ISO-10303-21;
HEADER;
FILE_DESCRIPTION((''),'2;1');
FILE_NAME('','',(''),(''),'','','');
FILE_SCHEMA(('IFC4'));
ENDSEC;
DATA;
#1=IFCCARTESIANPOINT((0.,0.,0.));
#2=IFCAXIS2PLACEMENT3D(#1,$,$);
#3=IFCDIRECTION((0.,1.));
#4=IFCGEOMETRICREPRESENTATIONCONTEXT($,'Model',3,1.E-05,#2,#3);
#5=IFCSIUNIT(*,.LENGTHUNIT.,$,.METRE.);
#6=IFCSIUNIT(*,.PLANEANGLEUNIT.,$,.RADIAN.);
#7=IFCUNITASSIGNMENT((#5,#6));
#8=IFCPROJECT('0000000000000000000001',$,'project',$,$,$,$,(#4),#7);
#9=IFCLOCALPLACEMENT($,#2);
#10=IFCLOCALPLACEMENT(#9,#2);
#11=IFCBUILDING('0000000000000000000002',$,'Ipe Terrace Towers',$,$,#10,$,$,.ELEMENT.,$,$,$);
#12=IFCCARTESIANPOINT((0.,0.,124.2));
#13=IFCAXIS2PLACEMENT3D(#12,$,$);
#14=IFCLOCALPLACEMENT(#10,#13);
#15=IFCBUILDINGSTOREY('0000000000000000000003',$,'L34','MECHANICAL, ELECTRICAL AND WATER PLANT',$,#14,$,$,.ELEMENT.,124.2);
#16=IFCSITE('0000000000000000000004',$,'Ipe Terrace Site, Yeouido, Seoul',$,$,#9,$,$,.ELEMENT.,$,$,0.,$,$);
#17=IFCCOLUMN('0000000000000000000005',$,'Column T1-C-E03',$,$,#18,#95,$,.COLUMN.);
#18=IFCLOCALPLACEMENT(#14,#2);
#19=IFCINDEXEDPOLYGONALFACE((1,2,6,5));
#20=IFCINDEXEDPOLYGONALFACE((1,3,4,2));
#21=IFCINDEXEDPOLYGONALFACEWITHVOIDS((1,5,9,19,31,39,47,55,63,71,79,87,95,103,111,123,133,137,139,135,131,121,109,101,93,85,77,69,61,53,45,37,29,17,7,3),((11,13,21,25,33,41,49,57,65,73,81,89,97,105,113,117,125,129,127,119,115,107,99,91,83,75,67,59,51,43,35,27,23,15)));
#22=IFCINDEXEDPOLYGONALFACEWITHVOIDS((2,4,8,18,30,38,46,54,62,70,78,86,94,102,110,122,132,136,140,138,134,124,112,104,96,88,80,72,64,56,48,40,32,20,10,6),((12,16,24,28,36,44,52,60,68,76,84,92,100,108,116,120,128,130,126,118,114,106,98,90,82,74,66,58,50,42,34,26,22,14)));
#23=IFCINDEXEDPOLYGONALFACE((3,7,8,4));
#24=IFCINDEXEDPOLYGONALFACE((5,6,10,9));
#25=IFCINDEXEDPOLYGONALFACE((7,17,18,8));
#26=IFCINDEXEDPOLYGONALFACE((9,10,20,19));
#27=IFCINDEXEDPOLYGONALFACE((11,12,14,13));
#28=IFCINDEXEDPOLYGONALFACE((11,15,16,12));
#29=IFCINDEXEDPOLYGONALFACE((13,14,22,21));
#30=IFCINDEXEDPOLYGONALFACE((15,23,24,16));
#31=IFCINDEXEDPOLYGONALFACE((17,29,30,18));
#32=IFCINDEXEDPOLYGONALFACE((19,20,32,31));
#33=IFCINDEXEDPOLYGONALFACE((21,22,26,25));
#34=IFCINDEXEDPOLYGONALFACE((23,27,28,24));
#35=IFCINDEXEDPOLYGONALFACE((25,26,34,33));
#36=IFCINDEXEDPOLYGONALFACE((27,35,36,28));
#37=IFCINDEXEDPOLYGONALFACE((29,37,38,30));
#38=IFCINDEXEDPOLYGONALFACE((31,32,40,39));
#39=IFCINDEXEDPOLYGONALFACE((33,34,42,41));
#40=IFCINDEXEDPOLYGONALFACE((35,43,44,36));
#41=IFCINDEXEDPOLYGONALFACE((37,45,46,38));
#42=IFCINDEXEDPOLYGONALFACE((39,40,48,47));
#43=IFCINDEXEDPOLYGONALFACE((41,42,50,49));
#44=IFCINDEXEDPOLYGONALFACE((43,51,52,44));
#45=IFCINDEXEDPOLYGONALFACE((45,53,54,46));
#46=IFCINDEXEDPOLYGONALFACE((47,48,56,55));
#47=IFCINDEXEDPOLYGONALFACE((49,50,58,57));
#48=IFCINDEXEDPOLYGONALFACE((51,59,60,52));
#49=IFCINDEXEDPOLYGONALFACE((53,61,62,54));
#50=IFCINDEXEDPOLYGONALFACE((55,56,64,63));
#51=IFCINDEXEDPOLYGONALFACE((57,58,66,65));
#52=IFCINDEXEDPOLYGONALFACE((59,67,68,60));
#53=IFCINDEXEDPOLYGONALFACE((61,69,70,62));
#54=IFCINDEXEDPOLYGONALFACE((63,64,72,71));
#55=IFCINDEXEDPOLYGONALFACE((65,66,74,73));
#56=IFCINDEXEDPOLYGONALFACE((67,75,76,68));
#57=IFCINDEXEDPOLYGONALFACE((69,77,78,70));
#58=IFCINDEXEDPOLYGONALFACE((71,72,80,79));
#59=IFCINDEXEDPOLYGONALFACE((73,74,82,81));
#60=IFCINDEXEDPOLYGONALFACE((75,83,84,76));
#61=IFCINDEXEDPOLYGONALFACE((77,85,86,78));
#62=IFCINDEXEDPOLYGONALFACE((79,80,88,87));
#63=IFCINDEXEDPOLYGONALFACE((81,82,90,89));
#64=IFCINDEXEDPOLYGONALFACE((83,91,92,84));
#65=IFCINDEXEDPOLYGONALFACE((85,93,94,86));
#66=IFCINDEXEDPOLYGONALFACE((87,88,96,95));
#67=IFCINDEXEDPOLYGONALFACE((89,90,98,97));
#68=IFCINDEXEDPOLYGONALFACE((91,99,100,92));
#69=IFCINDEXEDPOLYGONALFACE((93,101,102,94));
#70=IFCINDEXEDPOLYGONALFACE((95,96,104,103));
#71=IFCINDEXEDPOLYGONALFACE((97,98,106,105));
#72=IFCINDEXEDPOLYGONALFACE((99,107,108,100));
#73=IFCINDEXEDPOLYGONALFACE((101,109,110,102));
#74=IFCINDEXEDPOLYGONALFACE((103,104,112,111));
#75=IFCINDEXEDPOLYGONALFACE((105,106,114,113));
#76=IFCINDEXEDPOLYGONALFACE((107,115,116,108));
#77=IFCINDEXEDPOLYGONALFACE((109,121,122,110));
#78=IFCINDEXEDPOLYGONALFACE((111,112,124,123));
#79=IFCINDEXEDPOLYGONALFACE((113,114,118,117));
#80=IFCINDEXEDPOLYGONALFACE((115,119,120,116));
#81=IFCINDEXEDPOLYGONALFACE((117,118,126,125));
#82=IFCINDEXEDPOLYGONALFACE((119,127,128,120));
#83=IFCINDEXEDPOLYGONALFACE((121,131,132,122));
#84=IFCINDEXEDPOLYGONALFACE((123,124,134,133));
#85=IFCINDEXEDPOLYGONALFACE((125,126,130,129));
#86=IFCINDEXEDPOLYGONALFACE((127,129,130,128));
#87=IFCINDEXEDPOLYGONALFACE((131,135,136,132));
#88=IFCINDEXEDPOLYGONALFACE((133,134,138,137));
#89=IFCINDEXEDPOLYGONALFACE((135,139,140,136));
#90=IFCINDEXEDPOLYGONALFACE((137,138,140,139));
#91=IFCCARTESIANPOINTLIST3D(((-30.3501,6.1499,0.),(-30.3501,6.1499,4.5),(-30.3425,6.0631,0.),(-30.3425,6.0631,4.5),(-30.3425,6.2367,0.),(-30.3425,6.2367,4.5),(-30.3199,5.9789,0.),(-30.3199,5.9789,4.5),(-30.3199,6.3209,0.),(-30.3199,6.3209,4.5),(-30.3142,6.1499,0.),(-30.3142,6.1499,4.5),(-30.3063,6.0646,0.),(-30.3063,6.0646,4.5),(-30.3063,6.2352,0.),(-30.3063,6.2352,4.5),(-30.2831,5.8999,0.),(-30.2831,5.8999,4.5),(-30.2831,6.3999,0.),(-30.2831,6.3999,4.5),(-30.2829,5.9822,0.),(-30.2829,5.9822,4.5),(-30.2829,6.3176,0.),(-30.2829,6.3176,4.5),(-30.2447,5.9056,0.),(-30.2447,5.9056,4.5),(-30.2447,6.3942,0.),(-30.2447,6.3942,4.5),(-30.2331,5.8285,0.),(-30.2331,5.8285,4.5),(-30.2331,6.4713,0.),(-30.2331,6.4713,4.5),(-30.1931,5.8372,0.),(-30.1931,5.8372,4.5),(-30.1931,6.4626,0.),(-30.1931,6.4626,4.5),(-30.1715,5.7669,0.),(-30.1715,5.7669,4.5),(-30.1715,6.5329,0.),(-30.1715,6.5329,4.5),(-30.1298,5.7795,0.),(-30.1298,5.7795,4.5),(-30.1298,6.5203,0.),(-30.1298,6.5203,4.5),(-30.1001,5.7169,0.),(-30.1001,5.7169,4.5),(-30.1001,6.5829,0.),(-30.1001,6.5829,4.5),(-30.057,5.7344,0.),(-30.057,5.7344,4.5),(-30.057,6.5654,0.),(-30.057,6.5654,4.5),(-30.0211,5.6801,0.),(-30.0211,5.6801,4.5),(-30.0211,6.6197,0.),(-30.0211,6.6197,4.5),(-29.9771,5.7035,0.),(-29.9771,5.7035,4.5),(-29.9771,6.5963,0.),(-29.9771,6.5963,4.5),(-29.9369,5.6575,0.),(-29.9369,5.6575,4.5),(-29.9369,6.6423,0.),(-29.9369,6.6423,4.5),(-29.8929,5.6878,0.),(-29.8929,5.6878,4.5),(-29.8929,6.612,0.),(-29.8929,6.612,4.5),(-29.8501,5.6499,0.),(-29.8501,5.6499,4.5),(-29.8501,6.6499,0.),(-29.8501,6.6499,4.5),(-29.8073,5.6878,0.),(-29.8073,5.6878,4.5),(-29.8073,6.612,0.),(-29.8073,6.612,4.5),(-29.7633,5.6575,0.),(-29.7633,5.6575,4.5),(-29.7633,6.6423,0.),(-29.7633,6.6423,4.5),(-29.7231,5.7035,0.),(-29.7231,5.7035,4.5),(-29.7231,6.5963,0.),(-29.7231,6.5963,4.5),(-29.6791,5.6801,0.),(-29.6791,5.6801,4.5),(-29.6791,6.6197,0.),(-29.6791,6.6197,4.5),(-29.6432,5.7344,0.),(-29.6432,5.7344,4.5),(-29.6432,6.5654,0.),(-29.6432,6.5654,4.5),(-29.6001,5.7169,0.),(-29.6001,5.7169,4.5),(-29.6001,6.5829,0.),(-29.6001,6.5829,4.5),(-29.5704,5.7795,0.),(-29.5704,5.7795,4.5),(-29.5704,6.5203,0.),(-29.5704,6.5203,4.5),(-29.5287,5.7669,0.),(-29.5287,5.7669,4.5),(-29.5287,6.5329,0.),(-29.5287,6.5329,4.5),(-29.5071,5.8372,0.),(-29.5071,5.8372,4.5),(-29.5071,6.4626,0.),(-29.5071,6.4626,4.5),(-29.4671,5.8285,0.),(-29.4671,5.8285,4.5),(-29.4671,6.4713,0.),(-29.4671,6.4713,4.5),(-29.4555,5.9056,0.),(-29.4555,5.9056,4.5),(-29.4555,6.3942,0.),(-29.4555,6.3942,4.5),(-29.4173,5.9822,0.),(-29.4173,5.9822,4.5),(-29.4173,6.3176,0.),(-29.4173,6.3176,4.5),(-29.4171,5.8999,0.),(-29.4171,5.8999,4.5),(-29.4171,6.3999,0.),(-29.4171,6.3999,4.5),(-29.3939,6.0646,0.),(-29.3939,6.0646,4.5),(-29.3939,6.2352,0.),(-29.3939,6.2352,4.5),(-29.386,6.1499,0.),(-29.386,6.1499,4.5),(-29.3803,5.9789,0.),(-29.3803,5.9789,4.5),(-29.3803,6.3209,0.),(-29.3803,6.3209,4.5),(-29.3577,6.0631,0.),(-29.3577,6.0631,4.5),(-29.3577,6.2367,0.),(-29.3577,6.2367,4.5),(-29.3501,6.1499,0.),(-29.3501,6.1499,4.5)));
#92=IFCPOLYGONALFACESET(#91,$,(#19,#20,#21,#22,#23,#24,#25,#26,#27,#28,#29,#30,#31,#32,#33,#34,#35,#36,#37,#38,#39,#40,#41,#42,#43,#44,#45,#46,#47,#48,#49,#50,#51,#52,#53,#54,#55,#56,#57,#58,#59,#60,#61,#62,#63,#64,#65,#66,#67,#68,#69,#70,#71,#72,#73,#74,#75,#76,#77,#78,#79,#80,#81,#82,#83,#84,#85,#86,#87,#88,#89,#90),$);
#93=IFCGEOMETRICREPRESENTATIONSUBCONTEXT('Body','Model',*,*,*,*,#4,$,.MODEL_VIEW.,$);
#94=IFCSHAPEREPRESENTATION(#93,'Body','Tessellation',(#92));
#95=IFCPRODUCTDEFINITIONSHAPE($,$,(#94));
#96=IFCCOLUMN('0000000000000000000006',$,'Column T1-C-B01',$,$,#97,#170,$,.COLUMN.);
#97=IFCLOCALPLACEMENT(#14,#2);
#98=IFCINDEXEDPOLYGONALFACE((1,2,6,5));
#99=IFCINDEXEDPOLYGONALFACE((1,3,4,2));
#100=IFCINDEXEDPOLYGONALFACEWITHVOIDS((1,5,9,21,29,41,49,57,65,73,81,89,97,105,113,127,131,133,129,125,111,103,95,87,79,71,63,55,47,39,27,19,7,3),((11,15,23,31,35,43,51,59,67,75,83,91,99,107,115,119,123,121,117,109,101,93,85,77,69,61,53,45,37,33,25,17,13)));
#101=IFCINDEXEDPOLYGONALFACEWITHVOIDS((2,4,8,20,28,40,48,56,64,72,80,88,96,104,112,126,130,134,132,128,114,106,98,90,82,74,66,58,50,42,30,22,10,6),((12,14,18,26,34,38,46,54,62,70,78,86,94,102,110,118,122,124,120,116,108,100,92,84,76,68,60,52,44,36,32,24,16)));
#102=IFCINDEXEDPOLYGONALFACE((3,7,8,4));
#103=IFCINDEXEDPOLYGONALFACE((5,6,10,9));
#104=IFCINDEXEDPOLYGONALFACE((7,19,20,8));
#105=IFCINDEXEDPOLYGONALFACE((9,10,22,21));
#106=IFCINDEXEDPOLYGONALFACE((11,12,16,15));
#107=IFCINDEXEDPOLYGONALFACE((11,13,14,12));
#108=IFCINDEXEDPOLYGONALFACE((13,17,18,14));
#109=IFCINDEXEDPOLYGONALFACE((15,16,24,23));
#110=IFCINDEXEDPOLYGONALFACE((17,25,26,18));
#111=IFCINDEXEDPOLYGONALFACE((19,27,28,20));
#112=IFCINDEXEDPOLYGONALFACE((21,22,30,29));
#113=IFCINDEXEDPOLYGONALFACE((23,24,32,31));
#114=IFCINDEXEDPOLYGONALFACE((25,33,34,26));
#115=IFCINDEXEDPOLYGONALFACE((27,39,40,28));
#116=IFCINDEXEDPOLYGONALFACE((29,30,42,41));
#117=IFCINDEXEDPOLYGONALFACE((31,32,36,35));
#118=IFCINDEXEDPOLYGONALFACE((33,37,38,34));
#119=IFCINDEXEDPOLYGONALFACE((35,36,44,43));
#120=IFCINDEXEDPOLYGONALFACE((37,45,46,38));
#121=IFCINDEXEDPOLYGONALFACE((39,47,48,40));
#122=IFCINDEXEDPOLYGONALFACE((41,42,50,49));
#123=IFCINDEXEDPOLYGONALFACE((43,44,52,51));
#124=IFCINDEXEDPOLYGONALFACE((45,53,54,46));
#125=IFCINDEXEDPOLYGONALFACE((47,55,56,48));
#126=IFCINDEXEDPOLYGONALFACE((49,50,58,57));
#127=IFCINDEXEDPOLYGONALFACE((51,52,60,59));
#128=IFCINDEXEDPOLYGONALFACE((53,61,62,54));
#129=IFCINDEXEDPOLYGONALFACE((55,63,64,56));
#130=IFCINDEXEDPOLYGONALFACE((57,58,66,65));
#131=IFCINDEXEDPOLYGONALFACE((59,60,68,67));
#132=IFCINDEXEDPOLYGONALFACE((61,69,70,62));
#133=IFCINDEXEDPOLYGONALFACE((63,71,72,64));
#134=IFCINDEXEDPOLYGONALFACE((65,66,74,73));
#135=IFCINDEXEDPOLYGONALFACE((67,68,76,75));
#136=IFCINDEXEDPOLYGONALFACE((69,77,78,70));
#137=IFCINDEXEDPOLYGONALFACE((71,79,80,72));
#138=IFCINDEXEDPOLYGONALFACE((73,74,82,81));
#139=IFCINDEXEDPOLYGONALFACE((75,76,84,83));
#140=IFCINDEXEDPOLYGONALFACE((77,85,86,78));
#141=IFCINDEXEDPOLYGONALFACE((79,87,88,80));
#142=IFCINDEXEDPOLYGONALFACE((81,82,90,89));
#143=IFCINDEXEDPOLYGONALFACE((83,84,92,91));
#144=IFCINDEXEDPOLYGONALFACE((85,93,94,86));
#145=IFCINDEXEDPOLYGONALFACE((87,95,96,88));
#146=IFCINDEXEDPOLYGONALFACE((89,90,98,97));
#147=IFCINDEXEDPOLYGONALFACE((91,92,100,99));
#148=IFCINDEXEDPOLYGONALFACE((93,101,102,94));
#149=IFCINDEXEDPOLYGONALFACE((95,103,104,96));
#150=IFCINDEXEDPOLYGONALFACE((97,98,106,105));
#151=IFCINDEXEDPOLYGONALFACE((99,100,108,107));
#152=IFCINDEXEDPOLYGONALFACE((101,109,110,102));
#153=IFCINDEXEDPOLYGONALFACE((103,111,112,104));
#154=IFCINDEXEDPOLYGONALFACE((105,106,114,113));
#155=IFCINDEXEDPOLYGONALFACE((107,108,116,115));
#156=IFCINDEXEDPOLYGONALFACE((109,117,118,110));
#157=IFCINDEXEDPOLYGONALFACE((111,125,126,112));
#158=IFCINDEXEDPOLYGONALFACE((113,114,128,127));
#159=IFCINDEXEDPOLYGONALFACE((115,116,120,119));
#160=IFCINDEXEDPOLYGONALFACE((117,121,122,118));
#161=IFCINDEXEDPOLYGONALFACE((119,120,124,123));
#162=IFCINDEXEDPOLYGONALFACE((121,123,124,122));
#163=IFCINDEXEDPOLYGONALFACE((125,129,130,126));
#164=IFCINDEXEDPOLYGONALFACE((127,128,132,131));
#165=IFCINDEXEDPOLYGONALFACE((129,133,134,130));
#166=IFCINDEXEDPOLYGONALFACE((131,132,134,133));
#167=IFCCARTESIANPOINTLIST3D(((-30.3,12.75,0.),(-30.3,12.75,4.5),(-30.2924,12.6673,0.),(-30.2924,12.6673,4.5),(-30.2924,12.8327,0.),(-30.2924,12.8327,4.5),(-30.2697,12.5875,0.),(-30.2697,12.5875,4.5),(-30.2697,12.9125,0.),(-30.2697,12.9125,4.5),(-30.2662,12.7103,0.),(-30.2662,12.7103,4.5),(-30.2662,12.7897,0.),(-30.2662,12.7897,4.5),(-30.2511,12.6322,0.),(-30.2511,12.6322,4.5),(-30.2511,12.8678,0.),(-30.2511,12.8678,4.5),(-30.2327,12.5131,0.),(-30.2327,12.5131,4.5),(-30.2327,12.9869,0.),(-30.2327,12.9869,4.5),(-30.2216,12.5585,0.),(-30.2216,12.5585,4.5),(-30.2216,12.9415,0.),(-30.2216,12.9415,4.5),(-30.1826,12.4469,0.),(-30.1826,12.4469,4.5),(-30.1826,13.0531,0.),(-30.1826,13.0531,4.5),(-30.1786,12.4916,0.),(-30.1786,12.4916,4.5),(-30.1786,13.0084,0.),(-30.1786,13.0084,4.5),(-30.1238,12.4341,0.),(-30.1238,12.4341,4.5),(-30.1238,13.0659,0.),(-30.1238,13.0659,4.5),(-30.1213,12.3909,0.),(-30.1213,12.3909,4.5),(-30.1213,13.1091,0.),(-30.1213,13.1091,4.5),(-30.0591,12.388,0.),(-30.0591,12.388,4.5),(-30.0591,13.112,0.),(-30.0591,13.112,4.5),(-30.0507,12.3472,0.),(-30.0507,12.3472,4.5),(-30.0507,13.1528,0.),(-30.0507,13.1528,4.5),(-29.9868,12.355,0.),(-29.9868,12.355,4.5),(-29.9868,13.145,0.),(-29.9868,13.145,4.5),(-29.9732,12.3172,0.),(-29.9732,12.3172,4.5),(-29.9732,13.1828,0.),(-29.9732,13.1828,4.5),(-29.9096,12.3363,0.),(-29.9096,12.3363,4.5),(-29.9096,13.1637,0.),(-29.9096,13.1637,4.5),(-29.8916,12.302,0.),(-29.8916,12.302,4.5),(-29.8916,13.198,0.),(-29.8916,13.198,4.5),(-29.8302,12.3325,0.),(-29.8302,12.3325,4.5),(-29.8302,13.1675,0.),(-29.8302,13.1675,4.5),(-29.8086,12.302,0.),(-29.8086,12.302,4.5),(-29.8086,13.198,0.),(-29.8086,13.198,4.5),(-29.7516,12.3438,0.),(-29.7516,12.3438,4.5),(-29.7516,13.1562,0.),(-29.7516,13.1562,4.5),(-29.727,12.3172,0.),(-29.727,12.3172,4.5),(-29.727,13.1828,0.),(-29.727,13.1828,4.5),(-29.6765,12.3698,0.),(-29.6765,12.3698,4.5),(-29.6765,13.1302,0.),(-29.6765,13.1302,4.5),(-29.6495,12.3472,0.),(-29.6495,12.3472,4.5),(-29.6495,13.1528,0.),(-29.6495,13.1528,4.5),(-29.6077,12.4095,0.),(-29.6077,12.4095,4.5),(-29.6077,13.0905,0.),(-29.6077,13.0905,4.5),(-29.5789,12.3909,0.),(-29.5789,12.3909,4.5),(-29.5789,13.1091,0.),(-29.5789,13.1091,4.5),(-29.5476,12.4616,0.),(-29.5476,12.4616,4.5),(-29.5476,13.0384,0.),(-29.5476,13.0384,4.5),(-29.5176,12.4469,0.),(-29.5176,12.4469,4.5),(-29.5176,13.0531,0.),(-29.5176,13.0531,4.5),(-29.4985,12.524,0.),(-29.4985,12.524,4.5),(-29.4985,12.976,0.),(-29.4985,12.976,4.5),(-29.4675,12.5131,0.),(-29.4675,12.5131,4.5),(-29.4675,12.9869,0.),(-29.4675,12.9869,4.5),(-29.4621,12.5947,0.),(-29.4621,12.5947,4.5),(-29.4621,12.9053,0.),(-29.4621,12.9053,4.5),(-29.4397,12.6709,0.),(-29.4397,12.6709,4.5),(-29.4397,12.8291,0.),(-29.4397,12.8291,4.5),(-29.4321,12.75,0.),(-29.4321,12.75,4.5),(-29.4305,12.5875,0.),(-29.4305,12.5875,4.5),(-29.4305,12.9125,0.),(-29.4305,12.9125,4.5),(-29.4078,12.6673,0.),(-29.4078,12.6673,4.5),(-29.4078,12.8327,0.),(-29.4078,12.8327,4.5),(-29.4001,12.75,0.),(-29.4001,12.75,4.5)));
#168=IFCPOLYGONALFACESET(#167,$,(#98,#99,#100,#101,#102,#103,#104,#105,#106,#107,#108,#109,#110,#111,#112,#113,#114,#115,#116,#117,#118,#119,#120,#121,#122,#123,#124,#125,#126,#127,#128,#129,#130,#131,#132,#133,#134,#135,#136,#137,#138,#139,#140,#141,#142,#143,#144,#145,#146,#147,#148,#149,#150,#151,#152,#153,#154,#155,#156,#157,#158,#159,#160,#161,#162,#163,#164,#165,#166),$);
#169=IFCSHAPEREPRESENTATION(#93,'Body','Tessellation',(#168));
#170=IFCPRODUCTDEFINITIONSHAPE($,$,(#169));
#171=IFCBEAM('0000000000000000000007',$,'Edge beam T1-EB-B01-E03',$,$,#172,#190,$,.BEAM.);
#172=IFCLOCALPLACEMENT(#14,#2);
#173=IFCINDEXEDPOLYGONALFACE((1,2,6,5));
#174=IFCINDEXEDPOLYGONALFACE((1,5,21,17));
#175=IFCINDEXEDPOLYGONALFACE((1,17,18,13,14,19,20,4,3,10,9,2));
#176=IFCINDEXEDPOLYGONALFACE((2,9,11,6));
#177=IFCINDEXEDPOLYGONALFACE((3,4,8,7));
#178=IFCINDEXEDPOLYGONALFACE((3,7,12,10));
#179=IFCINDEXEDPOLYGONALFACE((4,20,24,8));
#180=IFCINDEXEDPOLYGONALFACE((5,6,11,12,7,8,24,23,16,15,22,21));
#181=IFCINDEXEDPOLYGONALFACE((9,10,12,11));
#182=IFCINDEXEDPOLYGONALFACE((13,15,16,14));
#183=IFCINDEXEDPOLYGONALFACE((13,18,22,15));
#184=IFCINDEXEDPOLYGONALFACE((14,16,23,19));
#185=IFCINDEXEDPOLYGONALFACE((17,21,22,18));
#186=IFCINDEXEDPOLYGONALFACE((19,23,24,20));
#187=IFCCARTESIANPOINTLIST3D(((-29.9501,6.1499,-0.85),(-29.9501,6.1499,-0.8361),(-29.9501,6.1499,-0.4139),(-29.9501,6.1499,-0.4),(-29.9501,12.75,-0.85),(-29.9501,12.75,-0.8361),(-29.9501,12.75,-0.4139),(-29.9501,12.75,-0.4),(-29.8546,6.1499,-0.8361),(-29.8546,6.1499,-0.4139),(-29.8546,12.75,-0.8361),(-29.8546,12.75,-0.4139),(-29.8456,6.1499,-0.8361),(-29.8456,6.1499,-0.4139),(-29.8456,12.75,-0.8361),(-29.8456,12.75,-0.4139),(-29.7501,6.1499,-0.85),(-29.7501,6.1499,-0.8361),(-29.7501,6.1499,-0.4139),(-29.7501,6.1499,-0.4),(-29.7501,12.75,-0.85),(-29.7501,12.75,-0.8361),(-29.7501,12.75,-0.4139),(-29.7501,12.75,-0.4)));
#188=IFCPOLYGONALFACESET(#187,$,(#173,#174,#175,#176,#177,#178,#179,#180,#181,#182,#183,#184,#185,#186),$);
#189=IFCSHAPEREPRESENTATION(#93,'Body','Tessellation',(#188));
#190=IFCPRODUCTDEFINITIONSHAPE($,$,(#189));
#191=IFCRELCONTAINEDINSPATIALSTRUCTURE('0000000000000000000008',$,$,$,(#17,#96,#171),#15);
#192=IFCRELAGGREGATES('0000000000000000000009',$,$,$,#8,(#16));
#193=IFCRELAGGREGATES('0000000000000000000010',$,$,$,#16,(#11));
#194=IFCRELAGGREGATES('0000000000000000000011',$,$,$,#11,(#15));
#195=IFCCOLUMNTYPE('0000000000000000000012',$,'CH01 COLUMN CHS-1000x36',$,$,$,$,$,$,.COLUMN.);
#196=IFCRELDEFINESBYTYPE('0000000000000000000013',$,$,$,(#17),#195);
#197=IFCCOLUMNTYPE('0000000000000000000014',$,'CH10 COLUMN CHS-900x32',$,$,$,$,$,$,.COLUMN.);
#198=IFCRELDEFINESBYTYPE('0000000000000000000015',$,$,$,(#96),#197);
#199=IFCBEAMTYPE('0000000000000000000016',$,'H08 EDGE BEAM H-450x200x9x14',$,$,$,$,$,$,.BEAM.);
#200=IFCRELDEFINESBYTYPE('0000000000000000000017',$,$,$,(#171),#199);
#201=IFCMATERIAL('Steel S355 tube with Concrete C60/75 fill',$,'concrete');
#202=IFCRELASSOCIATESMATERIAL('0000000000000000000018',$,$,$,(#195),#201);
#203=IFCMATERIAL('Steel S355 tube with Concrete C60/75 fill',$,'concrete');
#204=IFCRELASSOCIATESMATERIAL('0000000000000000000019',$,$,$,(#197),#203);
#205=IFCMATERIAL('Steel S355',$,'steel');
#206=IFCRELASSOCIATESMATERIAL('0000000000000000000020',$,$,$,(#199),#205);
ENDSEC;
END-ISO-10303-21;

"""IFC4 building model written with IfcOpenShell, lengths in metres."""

from ifc_helpers import new_model, si_unit, direction, frame, origin, origin_2d, place, context, subcontext, project, spatial, hollow_circle, i_section, extrude, material, material_profile, profile_set, type_object, element, save


model = new_model("IFC4")

# Units and contexts
model_context = context("Model", 3, precision=1e-05, world=origin(), true_north=direction((0.0, 1.0)))
body_context = subcontext(model_context, "Body", "Model", "MODEL_VIEW")
ifc_project = project(units=[si_unit("LENGTHUNIT", "METRE"), si_unit("PLANEANGLEUNIT", "RADIAN")], contexts=[model_context])

# Site, building, storey
site_placement = place(None, origin())
site = spatial("IfcSite", under=ifc_project, at=site_placement, Name="Ipe Terrace Site, Yeouido, Seoul", CompositionType="ELEMENT", RefElevation=0.0)
building_placement = place(site_placement, origin())
building = spatial("IfcBuilding", under=site, at=building_placement, Name="Ipe Terrace Towers", CompositionType="ELEMENT")
storey_placement = place(building_placement, frame((0.0, 0.0, 124.2)))
storey = spatial("IfcBuildingStorey", under=building, at=storey_placement, Name="L34", Description="MECHANICAL, ELECTRICAL AND WATER PLANT", CompositionType="ELEMENT", Elevation=124.2)

# Columns
ifc_material_1 = material(Name="Steel S355 tube with Concrete C60/75 fill", Category="concrete")
ifc_material_profile_1 = material_profile(ifc_material_1, hollow_circle(Radius=0.5, WallThickness=0.0359, at=origin_2d()), Name="CHS-1000x36")
ifc_profile_set_1 = profile_set([ifc_material_profile_1], Name="Steel S355 tube with Concrete C60/75 fill")
column_type_1 = type_object("IfcColumnType", Name="CH01 COLUMN CHS-1000x36", PredefinedType="COLUMN", material=ifc_profile_set_1)
column_1_placement = place(storey_placement, frame((-29.8501, 6.1499, 0.0), z_axis=(0.0, 0.0, 1.0), x_axis=(1.0, 0.0, 0.0)))
element("IfcColumn", 1, at=column_1_placement, inside=storey, type_object=column_type_1, Name="Column T1-C-E03", PredefinedType="COLUMN", context=body_context, shape_type="SweptSolid", body=[
    extrude(hollow_circle(Radius=0.5, WallThickness=0.0359, at=origin_2d()), origin(), (0.0, 0.0, 1.0), 4.5),
])
ifc_material_2 = material(Name="Steel S355 tube with Concrete C60/75 fill", Category="concrete")
ifc_material_profile_2 = material_profile(ifc_material_2, hollow_circle(Radius=0.45, WallThickness=0.032, at=origin_2d()), Name="CHS-900x32")
ifc_profile_set_2 = profile_set([ifc_material_profile_2], Name="Steel S355 tube with Concrete C60/75 fill")
column_type_2 = type_object("IfcColumnType", Name="CH10 COLUMN CHS-900x32", PredefinedType="COLUMN", material=ifc_profile_set_2)
column_2_placement = place(storey_placement, frame((-29.8501, 12.75, 0.0), z_axis=(0.0, 0.0, 1.0), x_axis=(1.0, 0.0, 0.0)))
element("IfcColumn", 2, at=column_2_placement, inside=storey, type_object=column_type_2, Name="Column T1-C-B01", PredefinedType="COLUMN", context=body_context, shape_type="SweptSolid", body=[
    extrude(hollow_circle(Radius=0.45, WallThickness=0.032, at=origin_2d()), origin(), (0.0, 0.0, 1.0), 4.5),
])

# Beam
ifc_material_3 = material(Name="Steel S355", Category="steel")
ifc_material_profile_3 = material_profile(ifc_material_3, i_section(OverallWidth=0.2, OverallDepth=0.45, WebThickness=0.009, FlangeThickness=0.0139, at=origin_2d()), Name="H-450x200x9x14")
ifc_profile_set_3 = profile_set([ifc_material_profile_3], Name="Steel S355")
beam_type = type_object("IfcBeamType", Name="H08 EDGE BEAM H-450x200x9x14", PredefinedType="BEAM", material=ifc_profile_set_3)
beam_placement = place(storey_placement, frame((-29.8501, 12.75, -0.625), z_axis=(0.0, -1.0, 0.0), x_axis=(1.0, 0.0, 0.0)))
element("IfcBeam", 3, at=beam_placement, inside=storey, type_object=beam_type, Name="Edge beam T1-EB-B01-E03", PredefinedType="BEAM", context=body_context, shape_type="SweptSolid", body=[
    extrude(i_section(OverallWidth=0.2, OverallDepth=0.45, WebThickness=0.009, FlangeThickness=0.0139, at=origin_2d()), origin(), (0.0, 0.0, 1.0), 6.6001),
])

save(model, "model.ifc")
